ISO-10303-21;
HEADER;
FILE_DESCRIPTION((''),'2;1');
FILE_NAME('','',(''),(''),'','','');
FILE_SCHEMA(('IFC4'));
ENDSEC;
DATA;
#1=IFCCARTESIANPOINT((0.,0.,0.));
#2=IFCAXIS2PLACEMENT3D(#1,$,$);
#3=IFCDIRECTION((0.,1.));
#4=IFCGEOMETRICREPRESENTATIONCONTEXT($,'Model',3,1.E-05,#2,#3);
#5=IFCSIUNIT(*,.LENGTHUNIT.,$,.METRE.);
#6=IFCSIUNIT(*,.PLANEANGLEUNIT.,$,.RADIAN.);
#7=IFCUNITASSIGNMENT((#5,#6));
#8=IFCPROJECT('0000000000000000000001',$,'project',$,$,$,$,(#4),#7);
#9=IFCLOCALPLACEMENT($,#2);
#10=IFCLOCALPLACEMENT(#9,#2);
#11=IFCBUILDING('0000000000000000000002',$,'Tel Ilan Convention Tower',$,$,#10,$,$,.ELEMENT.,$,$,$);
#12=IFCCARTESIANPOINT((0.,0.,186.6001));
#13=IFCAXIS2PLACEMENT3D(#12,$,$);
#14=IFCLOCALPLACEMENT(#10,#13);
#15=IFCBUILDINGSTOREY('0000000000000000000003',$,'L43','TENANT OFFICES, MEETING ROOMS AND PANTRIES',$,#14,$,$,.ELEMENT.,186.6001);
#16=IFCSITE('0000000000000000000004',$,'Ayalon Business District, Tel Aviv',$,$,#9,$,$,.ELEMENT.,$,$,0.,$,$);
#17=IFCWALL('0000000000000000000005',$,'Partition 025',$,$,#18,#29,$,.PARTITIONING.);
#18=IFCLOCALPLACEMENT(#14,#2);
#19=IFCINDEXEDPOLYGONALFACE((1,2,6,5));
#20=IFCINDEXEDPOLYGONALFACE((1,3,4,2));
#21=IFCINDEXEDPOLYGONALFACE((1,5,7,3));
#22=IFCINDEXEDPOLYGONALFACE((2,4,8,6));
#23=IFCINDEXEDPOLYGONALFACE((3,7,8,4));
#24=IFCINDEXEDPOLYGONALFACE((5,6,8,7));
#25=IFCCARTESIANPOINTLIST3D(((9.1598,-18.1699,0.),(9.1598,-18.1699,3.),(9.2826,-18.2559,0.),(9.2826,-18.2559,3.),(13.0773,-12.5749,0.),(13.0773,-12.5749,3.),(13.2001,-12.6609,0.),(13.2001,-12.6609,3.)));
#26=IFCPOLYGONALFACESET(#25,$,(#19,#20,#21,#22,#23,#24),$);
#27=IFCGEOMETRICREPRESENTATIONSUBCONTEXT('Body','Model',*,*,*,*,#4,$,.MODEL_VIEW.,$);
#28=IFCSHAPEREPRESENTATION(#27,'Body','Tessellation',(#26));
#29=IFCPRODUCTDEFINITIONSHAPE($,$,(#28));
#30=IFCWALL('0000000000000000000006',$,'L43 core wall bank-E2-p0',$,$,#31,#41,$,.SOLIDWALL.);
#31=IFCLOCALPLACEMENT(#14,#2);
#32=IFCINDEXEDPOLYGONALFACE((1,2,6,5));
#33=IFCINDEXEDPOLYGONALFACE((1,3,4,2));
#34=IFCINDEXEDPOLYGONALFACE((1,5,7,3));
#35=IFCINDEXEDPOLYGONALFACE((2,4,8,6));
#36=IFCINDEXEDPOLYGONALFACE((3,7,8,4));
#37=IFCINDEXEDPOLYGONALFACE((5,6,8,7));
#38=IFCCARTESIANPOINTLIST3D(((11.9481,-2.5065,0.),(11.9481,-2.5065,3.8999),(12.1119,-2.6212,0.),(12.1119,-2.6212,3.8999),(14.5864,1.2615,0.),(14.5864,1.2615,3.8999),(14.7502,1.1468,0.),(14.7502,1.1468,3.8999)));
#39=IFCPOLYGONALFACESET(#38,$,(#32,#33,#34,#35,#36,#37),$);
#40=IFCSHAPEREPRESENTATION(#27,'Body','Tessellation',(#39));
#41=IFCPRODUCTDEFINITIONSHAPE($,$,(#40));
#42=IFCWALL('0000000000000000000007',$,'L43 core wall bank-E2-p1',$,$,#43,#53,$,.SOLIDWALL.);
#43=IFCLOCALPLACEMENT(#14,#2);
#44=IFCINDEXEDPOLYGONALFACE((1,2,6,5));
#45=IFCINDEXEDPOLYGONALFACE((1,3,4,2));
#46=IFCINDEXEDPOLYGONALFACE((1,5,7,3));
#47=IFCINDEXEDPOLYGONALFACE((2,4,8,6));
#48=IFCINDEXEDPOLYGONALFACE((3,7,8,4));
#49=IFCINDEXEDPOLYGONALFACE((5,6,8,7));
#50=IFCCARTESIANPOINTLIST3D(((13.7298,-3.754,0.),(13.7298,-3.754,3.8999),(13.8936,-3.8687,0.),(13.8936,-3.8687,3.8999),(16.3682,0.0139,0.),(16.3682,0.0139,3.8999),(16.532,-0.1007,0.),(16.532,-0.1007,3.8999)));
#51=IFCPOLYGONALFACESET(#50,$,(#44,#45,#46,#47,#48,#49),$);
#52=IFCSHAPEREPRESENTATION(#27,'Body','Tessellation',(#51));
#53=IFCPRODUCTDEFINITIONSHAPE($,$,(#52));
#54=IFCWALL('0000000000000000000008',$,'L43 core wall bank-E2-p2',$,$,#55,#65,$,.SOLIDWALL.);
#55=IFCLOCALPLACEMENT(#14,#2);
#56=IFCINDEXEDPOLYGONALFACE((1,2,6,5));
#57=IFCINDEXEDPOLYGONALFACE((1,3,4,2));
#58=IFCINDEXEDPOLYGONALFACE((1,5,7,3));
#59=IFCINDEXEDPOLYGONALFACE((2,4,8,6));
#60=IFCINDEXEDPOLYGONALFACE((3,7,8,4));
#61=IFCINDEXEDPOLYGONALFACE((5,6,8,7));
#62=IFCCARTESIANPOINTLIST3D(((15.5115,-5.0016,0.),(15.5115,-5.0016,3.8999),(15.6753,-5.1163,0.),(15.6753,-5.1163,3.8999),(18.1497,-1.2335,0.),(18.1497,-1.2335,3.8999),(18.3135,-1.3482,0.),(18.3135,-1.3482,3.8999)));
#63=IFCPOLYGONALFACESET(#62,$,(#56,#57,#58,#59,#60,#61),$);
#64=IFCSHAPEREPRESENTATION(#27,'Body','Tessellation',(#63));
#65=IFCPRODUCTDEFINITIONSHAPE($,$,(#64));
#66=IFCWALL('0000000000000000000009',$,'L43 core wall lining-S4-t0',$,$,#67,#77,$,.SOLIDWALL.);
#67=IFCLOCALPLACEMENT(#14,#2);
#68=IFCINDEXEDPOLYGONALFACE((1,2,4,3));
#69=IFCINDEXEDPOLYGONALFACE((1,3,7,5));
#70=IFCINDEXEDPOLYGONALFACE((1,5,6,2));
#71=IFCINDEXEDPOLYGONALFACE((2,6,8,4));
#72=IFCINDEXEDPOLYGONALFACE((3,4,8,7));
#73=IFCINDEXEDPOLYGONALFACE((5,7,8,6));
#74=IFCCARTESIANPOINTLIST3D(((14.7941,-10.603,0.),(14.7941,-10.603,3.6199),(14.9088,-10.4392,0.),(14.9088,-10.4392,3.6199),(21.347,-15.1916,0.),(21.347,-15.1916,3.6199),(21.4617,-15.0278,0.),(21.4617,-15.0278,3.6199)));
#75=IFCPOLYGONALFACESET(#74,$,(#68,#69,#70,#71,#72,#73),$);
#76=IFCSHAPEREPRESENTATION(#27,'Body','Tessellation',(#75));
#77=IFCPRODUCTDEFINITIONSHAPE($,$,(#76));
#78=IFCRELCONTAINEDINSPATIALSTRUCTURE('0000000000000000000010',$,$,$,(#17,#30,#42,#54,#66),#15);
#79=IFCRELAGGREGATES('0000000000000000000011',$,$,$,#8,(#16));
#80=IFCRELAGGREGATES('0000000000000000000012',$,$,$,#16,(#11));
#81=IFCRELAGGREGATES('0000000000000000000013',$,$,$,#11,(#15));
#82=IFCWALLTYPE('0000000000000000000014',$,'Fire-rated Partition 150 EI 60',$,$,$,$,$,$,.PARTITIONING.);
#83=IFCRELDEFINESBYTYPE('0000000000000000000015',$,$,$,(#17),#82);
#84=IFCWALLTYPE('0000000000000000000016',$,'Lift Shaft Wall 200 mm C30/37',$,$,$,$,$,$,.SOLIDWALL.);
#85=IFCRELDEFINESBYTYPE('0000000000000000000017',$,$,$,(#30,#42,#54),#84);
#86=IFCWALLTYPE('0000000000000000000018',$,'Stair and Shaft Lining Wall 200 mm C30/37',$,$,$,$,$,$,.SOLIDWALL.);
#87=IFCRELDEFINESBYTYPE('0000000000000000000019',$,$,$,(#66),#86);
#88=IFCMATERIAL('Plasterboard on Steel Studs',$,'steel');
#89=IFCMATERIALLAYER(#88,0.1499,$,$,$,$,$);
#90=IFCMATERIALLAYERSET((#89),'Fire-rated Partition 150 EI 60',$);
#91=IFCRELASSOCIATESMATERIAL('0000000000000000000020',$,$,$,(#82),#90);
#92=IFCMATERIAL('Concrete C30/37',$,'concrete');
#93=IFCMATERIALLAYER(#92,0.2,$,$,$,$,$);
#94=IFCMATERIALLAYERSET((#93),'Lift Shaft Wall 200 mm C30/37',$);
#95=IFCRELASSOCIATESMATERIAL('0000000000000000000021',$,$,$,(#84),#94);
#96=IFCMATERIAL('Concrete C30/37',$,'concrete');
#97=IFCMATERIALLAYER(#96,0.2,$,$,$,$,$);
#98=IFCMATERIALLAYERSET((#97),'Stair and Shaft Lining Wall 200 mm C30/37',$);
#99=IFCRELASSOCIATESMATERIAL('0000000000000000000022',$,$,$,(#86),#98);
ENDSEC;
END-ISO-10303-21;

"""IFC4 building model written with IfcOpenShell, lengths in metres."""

from ifc_helpers import new_model, si_unit, direction, frame, frame_2d, origin, place, context, subcontext, project, spatial, rectangle, extrude, material, layer, layer_set, type_object, element, save


model = new_model("IFC4")

# Units and contexts
model_context = context("Model", 3, precision=1e-05, world=origin(), true_north=direction((0.0, 1.0)))
body_context = subcontext(model_context, "Body", "Model", "MODEL_VIEW")
ifc_project = project(units=[si_unit("LENGTHUNIT", "METRE"), si_unit("PLANEANGLEUNIT", "RADIAN")], contexts=[model_context])

# Site, building, storey
site_placement = place(None, origin())
site = spatial("IfcSite", under=ifc_project, at=site_placement, Name="Ayalon Business District, Tel Aviv", CompositionType="ELEMENT", RefElevation=0.0)
building_placement = place(site_placement, origin())
building = spatial("IfcBuilding", under=site, at=building_placement, Name="Tel Ilan Convention Tower", CompositionType="ELEMENT")
storey_placement = place(building_placement, frame((0.0, 0.0, 186.6001)))
storey = spatial("IfcBuildingStorey", under=building, at=storey_placement, Name="L43", Description="TENANT OFFICES, MEETING ROOMS AND PANTRIES", CompositionType="ELEMENT", Elevation=186.6001)

# Shared definitions
ifc_material_1 = material(Name="Plasterboard on Steel Studs", Category="steel")
ifc_layer_1 = layer(ifc_material_1, 0.1499)
ifc_layer_set_1 = layer_set([ifc_layer_1], Name="Fire-rated Partition 150 EI 60")
wall_type_1 = type_object("IfcWallType", Name="Fire-rated Partition 150 EI 60", PredefinedType="PARTITIONING", material=ifc_layer_set_1)

# Walls
wall_1_placement = place(storey_placement, frame((13.1387, -12.6179, 0.0), z_axis=(0.0, 0.0, 1.0), x_axis=(-0.573561, -0.819163, 0.0)))
element("IfcWall", 1, at=wall_1_placement, inside=storey, type_object=wall_type_1, Name="Partition 025", PredefinedType="PARTITIONING", context=body_context, shape_type="SweptSolid", body=[
    extrude(rectangle(XDim=6.8301, YDim=0.1499, at=frame_2d((3.415, 0.0))), origin(), (0.0, 0.0, 1.0), 3.0),
])
ifc_material_2 = material(Name="Concrete C30/37", Category="concrete")
ifc_layer_2 = layer(ifc_material_2, 0.2)
ifc_layer_set_2 = layer_set([ifc_layer_2], Name="Lift Shaft Wall 200 mm C30/37")
wall_type_2 = type_object("IfcWallType", Name="Lift Shaft Wall 200 mm C30/37", PredefinedType="SOLIDWALL", material=ifc_layer_set_2)
for number, where, z_axis, x_axis, name in (
    (2, (12.03, -2.5637, 0.0), (0.0, 0.0, 1.0), (0.573576, 0.819152, 0.0), "L43 core wall bank-E2-p0"),
    (3, (13.8118, -3.8113, 0.0), (0.0, 0.0, 1.0), (0.573576, 0.819152, 0.0), "L43 core wall bank-E2-p1"),
    (4, (15.5935, -5.0588, 0.0), (0.0, 0.0, 1.0), (0.573541, 0.819177, 0.0), "L43 core wall bank-E2-p2"),
):
    element("IfcWall", number, at=place(storey_placement, frame(where, z_axis=z_axis, x_axis=x_axis)), inside=storey, type_object=wall_type_2, Name=name, PredefinedType="SOLIDWALL", context=body_context, shape_type="SweptSolid", body=[
        extrude(rectangle(XDim=4.5999, YDim=0.2, at=frame_2d((2.2998, 0.0))), origin(), (0.0, 0.0, 1.0), 3.8999),
    ])
ifc_material_3 = material(Name="Concrete C30/37", Category="concrete")
ifc_layer_3 = layer(ifc_material_3, 0.2)
ifc_layer_set_3 = layer_set([ifc_layer_3], Name="Stair and Shaft Lining Wall 200 mm C30/37")
wall_type_3 = type_object("IfcWallType", Name="Stair and Shaft Lining Wall 200 mm C30/37", PredefinedType="SOLIDWALL", material=ifc_layer_set_3)
wall_2_placement = place(storey_placement, frame((14.8513, -10.521, 0.0), z_axis=(0.0, 0.0, 1.0), x_axis=(0.819142, -0.573591, 0.0)))
element("IfcWall", 5, at=wall_2_placement, inside=storey, type_object=wall_type_3, Name="L43 core wall lining-S4-t0", PredefinedType="SOLIDWALL", context=body_context, shape_type="SweptSolid", body=[
    extrude(rectangle(XDim=7.9998, YDim=0.2, at=frame_2d((4.0, 0.0))), origin(), (0.0, 0.0, 1.0), 3.6199),
])

save(model, "model.ifc")
